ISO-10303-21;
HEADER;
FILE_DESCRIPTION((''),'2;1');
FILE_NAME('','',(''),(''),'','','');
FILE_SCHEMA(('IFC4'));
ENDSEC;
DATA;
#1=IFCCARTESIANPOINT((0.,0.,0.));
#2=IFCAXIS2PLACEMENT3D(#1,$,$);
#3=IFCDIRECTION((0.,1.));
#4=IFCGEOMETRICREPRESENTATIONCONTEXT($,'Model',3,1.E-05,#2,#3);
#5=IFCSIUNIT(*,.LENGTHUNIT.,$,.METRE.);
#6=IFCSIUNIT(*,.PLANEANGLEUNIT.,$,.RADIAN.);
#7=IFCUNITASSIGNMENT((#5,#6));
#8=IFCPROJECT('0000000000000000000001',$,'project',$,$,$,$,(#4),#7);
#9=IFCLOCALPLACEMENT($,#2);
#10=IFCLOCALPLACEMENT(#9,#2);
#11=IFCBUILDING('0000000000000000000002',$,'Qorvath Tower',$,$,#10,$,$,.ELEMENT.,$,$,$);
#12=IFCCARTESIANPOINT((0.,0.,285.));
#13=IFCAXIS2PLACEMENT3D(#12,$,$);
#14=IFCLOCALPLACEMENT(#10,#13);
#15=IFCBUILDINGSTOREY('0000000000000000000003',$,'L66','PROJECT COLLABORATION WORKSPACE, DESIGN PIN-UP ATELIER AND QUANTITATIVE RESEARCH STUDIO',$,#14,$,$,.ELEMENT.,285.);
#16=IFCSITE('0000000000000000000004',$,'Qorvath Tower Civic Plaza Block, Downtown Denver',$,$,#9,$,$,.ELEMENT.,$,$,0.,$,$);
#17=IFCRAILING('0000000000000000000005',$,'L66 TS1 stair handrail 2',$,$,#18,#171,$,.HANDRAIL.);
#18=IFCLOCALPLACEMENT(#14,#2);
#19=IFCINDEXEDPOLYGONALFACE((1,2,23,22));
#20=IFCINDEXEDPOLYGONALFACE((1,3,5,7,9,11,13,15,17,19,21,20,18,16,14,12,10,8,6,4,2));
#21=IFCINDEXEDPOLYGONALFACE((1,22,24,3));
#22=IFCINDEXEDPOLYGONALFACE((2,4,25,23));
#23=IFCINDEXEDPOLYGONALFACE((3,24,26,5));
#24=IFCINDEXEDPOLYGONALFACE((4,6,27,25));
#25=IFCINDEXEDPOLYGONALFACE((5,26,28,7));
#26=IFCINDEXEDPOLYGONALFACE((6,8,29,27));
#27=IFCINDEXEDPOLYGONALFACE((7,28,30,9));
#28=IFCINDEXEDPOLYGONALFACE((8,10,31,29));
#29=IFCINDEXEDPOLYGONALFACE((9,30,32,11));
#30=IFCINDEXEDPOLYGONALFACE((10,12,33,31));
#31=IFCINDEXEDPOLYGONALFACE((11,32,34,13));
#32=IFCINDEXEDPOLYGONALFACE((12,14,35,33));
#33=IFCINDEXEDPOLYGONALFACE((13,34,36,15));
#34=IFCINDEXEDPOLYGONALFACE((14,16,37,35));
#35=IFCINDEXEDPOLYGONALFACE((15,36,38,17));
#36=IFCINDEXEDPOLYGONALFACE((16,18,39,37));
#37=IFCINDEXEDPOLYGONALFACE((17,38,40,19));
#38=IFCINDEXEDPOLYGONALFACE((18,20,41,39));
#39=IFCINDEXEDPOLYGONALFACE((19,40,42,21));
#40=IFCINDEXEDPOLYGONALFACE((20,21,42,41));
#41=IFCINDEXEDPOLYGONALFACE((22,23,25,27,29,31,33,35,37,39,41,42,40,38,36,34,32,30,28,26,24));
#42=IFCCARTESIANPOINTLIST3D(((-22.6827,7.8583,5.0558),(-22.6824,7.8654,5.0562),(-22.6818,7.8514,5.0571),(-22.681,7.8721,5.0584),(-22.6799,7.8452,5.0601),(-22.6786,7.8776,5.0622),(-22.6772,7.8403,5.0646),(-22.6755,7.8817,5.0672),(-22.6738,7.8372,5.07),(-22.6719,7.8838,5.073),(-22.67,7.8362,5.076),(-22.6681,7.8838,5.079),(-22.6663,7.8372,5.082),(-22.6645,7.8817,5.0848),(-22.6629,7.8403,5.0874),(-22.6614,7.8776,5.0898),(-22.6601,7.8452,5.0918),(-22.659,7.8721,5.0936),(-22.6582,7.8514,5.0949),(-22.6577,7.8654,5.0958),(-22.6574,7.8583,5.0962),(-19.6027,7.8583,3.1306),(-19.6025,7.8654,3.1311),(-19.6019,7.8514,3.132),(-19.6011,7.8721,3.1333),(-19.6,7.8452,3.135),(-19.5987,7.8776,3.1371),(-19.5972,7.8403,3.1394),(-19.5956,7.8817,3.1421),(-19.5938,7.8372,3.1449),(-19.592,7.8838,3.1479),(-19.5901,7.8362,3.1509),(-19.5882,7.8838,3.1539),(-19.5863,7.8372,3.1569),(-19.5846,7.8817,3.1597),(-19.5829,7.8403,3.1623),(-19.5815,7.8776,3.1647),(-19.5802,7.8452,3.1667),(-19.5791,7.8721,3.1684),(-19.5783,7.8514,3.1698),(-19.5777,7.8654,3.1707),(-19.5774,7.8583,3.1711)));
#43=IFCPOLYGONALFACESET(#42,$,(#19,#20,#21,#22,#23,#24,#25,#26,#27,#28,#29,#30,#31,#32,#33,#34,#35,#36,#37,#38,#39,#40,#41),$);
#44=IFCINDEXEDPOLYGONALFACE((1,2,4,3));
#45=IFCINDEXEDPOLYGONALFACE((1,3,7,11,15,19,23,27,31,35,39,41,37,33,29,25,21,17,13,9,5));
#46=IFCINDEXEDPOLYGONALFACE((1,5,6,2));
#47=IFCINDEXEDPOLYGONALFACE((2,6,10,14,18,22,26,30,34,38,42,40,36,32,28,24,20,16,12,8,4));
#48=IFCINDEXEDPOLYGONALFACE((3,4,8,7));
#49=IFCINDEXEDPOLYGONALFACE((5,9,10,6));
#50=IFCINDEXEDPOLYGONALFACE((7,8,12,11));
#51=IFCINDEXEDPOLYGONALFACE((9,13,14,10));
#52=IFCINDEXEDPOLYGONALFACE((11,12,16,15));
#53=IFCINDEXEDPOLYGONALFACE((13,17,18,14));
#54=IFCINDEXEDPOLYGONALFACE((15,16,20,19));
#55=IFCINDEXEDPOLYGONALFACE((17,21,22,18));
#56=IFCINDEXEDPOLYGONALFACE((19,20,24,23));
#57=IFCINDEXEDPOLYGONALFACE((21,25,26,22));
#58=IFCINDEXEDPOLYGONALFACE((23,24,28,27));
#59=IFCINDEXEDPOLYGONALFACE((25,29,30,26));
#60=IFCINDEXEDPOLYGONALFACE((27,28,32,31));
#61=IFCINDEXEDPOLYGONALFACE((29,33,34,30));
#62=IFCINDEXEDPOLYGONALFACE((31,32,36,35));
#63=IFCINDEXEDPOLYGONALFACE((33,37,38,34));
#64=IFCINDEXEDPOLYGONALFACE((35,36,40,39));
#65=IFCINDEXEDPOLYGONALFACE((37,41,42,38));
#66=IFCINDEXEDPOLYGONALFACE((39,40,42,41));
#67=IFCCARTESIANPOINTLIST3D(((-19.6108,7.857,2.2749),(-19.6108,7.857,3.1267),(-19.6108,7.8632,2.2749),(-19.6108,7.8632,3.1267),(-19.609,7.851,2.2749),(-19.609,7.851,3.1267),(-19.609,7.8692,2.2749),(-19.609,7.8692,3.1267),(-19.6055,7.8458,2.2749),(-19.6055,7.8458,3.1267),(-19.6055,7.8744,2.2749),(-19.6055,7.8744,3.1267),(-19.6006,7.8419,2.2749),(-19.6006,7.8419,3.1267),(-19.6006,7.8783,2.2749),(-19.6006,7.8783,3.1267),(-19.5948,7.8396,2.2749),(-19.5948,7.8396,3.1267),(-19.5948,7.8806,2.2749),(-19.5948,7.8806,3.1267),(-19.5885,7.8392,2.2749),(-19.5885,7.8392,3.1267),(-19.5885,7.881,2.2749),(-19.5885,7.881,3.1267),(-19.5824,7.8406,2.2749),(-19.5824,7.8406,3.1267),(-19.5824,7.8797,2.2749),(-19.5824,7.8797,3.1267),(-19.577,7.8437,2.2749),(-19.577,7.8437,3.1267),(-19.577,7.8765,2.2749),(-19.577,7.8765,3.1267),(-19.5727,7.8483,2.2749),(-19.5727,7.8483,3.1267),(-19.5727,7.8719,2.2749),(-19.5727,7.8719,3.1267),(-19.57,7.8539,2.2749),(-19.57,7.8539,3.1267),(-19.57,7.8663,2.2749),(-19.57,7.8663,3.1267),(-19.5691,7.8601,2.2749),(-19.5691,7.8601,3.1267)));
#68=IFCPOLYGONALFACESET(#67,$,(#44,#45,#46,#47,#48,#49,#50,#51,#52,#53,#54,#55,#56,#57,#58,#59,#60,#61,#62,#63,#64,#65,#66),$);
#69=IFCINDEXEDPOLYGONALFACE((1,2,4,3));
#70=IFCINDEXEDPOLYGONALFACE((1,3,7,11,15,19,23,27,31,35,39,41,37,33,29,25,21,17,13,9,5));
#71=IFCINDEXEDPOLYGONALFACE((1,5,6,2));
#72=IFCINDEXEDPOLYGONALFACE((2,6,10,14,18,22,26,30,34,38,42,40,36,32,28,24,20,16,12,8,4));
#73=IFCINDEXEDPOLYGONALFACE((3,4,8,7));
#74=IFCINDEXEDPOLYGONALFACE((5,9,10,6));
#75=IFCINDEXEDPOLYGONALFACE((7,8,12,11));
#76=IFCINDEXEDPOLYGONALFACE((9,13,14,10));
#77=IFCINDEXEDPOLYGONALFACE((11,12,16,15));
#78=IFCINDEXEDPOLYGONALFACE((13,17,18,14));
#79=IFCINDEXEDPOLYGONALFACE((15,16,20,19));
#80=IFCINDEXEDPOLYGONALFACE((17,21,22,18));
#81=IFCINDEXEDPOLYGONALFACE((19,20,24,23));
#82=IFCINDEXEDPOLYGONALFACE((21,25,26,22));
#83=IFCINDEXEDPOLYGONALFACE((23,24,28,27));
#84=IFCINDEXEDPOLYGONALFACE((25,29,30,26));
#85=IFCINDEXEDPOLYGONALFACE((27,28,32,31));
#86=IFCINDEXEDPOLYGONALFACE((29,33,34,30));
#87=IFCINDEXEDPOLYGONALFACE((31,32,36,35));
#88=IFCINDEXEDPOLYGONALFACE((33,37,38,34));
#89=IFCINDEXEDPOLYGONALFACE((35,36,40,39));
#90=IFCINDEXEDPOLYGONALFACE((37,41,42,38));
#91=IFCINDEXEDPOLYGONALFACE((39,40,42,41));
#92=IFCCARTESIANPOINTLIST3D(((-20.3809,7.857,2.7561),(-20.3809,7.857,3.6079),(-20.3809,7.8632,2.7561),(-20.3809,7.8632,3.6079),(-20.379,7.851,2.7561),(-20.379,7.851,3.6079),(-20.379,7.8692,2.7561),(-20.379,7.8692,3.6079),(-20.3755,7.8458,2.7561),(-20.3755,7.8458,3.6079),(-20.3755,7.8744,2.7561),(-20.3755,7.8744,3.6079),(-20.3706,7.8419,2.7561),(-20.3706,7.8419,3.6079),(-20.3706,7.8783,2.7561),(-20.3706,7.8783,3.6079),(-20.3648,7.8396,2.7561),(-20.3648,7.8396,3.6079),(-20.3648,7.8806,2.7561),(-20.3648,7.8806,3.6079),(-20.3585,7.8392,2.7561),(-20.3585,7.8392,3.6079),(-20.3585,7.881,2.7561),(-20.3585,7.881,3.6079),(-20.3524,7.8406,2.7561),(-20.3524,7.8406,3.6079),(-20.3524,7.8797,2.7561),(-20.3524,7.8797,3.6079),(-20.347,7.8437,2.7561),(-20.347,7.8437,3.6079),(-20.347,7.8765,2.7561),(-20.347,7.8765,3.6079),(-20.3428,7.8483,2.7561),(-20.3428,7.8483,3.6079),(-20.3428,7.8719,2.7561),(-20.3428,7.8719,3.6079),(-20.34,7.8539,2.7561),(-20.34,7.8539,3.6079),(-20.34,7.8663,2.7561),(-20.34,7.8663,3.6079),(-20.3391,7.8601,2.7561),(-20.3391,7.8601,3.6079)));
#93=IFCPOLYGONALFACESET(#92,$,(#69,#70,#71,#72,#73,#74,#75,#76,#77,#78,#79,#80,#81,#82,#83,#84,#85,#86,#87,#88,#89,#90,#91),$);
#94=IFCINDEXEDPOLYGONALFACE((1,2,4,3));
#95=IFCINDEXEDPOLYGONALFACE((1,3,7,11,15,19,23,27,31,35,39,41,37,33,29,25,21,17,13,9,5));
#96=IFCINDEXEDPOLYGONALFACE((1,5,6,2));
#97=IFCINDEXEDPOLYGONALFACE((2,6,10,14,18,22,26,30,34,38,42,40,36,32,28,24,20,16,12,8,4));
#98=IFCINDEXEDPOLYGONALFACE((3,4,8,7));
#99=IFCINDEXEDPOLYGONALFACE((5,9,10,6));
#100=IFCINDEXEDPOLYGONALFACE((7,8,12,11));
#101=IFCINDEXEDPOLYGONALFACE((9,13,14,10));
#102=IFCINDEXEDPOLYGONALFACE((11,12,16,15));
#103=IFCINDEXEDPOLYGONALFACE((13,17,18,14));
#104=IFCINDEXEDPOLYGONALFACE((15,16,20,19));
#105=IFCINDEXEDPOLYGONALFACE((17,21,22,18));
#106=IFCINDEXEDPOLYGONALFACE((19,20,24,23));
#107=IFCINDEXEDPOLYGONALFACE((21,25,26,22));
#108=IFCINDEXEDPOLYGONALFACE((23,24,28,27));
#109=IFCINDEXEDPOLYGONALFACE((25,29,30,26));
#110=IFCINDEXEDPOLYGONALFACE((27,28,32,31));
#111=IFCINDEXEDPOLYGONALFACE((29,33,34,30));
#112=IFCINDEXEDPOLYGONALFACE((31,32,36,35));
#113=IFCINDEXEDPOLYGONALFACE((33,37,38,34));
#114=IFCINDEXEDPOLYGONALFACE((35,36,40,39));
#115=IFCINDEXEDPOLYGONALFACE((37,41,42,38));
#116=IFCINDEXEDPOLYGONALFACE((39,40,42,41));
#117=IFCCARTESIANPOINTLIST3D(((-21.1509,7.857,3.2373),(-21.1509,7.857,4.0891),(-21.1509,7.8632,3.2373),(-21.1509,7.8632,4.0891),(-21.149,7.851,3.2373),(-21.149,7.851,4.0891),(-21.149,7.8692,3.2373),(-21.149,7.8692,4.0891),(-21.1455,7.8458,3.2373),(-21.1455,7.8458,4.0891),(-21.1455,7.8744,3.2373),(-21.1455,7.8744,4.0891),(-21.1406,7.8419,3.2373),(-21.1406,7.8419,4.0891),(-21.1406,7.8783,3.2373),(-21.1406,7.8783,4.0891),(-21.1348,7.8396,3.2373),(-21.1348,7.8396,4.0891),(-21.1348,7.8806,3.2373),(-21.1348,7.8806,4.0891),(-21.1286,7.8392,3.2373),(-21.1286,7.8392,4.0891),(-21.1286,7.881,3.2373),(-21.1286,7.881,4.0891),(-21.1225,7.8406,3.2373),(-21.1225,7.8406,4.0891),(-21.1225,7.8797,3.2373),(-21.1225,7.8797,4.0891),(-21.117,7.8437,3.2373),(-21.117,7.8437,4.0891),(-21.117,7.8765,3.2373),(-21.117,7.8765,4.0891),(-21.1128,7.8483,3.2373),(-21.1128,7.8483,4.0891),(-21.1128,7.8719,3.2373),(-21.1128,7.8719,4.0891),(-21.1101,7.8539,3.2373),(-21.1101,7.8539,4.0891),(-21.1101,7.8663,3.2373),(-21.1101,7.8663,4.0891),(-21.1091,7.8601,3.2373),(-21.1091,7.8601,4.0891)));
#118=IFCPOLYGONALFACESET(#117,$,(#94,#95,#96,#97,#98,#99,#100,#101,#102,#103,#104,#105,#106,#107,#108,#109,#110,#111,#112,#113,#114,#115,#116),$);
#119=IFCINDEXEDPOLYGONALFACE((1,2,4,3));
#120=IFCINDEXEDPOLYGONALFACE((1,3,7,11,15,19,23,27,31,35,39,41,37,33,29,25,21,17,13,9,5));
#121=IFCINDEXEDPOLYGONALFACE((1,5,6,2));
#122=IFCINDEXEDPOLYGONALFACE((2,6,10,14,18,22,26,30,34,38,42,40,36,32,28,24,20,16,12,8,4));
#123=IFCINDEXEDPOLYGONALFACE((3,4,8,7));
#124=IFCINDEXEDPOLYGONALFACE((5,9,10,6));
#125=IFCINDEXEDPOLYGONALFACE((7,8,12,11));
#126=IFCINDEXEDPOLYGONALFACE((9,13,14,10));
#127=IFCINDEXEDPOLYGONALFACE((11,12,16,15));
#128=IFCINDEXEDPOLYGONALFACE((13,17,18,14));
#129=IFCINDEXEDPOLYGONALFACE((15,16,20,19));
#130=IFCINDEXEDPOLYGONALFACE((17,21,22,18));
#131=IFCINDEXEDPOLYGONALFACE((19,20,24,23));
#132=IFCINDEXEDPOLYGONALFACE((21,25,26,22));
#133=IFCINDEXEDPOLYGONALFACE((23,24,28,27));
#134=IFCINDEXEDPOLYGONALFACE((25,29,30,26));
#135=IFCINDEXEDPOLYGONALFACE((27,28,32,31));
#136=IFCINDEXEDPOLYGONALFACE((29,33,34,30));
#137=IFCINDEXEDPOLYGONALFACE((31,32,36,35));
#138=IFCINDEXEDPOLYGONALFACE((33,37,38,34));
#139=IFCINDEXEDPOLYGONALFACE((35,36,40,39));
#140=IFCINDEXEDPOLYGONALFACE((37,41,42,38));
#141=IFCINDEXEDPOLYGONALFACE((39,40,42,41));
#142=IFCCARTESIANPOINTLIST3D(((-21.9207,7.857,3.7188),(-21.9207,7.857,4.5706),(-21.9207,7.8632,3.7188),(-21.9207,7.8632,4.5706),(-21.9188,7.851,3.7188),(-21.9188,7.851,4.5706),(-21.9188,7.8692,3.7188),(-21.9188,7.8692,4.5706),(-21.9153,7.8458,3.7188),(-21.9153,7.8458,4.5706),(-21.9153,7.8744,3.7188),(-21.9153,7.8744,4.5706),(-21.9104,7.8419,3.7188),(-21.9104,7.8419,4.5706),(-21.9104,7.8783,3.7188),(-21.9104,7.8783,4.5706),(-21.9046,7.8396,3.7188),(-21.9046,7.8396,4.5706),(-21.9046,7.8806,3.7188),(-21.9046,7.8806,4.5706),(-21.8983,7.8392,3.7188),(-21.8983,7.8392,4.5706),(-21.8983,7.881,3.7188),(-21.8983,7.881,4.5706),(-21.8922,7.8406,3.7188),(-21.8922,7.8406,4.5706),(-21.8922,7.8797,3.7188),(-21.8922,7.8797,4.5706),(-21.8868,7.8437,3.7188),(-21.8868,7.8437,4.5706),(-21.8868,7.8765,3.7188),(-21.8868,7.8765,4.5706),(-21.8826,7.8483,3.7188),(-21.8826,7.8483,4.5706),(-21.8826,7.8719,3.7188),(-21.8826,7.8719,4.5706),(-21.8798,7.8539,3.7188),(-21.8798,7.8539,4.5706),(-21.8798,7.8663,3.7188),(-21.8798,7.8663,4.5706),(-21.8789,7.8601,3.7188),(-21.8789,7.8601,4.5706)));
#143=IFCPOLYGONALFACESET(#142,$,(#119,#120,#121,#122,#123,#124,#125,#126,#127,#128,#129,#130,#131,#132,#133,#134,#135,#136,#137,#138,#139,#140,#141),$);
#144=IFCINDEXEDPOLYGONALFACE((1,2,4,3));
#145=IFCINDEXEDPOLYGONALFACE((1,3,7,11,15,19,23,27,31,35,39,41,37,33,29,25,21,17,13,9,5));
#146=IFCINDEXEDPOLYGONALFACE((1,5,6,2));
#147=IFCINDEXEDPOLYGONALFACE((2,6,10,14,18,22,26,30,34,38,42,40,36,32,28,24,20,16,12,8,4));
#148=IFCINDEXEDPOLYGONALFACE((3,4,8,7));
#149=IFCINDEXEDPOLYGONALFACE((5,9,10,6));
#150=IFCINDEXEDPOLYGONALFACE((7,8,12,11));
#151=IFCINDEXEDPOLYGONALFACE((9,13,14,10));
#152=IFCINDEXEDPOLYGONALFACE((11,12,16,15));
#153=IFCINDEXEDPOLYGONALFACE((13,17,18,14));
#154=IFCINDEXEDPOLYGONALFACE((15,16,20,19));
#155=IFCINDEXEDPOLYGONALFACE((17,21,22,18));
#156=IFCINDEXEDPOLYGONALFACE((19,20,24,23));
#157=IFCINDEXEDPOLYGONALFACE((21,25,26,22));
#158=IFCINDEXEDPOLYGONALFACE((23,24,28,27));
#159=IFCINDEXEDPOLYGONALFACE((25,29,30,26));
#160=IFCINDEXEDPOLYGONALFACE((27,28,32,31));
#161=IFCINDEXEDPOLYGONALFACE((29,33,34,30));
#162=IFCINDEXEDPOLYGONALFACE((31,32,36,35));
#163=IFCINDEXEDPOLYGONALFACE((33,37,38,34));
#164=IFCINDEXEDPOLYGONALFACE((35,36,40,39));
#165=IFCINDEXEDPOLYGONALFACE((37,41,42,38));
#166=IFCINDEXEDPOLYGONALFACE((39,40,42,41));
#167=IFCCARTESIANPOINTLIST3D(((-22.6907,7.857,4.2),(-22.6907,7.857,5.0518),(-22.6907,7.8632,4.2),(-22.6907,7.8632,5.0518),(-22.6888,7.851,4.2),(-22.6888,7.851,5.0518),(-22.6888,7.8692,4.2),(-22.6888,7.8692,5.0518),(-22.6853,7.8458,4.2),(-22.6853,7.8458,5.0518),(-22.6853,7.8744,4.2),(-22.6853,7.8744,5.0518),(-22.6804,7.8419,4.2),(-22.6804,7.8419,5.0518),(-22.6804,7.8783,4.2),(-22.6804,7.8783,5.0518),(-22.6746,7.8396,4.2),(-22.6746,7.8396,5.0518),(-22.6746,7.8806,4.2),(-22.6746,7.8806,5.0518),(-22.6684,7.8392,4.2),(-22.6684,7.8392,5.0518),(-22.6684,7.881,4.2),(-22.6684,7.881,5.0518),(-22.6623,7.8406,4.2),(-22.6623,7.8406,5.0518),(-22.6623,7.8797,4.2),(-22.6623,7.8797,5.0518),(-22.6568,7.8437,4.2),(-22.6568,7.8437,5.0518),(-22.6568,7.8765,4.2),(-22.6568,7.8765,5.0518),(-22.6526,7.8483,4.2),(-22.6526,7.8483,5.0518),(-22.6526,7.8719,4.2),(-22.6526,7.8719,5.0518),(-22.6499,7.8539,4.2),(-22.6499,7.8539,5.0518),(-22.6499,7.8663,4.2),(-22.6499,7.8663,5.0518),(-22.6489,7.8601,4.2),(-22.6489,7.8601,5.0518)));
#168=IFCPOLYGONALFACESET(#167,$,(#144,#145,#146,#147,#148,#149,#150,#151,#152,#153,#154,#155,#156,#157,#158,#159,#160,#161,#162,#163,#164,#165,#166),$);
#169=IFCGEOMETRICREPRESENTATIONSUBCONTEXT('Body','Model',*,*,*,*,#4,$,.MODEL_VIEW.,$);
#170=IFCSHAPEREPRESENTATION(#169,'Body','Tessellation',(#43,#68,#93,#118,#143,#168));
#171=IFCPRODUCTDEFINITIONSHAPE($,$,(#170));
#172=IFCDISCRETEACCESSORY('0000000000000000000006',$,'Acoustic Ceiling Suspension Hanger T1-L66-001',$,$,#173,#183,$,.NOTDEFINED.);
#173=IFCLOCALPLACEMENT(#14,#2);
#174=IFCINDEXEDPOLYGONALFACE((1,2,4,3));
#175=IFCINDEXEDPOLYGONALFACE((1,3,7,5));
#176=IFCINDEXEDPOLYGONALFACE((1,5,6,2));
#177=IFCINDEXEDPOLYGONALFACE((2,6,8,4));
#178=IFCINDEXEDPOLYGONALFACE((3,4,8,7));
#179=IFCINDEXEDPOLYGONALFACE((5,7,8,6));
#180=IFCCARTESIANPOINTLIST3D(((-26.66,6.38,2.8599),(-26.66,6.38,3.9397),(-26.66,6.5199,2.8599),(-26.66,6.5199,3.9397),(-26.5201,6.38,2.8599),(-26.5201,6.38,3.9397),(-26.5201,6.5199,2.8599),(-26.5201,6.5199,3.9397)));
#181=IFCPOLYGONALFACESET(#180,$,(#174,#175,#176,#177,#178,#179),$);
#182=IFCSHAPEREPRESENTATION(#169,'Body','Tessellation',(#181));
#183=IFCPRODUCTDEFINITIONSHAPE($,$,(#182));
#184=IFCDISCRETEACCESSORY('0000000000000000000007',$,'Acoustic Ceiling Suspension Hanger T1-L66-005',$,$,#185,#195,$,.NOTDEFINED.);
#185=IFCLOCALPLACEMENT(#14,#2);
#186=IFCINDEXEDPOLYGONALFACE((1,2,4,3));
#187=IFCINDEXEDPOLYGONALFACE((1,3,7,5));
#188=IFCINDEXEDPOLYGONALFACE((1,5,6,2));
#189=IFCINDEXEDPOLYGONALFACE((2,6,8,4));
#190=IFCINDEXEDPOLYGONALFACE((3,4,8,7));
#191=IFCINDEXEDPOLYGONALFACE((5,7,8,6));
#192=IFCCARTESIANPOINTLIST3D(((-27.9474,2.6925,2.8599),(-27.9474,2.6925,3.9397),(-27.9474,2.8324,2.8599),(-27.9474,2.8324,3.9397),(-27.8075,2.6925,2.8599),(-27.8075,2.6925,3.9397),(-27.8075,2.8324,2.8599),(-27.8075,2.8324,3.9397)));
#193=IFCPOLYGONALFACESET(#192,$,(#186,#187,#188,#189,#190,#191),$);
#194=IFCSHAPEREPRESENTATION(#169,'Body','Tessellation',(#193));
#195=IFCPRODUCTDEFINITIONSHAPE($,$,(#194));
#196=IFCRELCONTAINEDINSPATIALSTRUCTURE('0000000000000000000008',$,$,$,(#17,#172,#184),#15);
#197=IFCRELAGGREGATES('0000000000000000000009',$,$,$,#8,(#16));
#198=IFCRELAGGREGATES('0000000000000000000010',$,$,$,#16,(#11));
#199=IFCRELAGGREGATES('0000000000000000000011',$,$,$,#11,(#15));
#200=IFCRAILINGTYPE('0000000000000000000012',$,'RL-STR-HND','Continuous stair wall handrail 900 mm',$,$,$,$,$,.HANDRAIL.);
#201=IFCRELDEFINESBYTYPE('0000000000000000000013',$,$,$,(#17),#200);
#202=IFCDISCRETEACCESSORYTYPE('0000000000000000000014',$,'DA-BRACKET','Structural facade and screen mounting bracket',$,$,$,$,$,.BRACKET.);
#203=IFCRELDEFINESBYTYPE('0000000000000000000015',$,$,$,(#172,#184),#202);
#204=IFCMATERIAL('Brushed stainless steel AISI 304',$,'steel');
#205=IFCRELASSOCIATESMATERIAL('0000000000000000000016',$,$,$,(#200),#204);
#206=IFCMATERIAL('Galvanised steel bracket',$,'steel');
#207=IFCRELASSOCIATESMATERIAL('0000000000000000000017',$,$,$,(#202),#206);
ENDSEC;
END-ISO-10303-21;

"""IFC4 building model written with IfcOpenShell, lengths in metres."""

from ifc_helpers import new_model, si_unit, direction, frame, origin, origin_2d, place, context, subcontext, project, spatial, rectangle, circle, extrude, material, type_object, element, save


model = new_model("IFC4")

# Units and contexts
model_context = context("Model", 3, precision=1e-05, world=origin(), true_north=direction((0.0, 1.0)))
body_context = subcontext(model_context, "Body", "Model", "MODEL_VIEW")
ifc_project = project(units=[si_unit("LENGTHUNIT", "METRE"), si_unit("PLANEANGLEUNIT", "RADIAN")], contexts=[model_context])

# Site, building, storey
site_placement = place(None, origin())
site = spatial("IfcSite", under=ifc_project, at=site_placement, Name="Qorvath Tower Civic Plaza Block, Downtown Denver", CompositionType="ELEMENT", RefElevation=0.0)
building_placement = place(site_placement, origin())
building = spatial("IfcBuilding", under=site, at=building_placement, Name="Qorvath Tower", CompositionType="ELEMENT")
storey_placement = place(building_placement, frame((0.0, 0.0, 285.0)))
storey = spatial("IfcBuildingStorey", under=building, at=storey_placement, Name="L66", Description="PROJECT COLLABORATION WORKSPACE, DESIGN PIN-UP ATELIER AND QUANTITATIVE RESEARCH STUDIO", CompositionType="ELEMENT", Elevation=285.0)

# Railing
ifc_material_1 = material(Name="Brushed stainless steel AISI 304", Category="steel")
railing_type_1 = type_object("IfcRailingType", Name="RL-STR-HND", Description="Continuous stair wall handrail 900 mm", PredefinedType="HANDRAIL", material=ifc_material_1)
railing_1_placement = place(storey_placement, frame((-19.5901, 7.8601, 2.2749)))
element("IfcRailing", 1, at=railing_1_placement, inside=storey, type_object=railing_type_1, Name="L66 TS1 stair handrail 2", PredefinedType="HANDRAIL", context=body_context, shape_type="SweptSolid", body=[
    extrude(circle(Radius=0.0239, at=origin_2d()), frame((0.0, 0.0, 0.876), z_axis=(-0.847979, 0.0, 0.530029), x_axis=(0.0, -1.0, 0.0)), (0.0, 0.0, 1.0), 3.6321),
    extrude(circle(Radius=0.021, at=origin_2d()), origin(), (0.0, 0.0, 1.0), 0.8518),
    extrude(circle(Radius=0.021, at=origin_2d()), frame((-0.77, 0.0, 0.4812)), (0.0, 0.0, 1.0), 0.8518),
    extrude(circle(Radius=0.021, at=origin_2d()), frame((-1.54, 0.0, 0.9624)), (0.0, 0.0, 1.0), 0.8518),
    extrude(circle(Radius=0.021, at=origin_2d()), frame((-2.3098, 0.0, 1.4438)), (0.0, 0.0, 1.0), 0.8518),
    extrude(circle(Radius=0.021, at=origin_2d()), frame((-3.0798, 0.0, 1.925)), (0.0, 0.0, 1.0), 0.8518),
])

# Discrete accessories
ifc_material_2 = material(Name="Galvanised steel bracket", Category="steel")
discrete_accessory_type = type_object("IfcDiscreteAccessoryType", Name="DA-BRACKET", Description="Structural facade and screen mounting bracket", PredefinedType="BRACKET", material=ifc_material_2)
for number, where, z_axis, x_axis, name in (
    (2, (-26.5901, 6.45, 2.8599), (0.0, 0.0, 1.0), (1.0, 0.0, 0.0), "Acoustic Ceiling Suspension Hanger T1-L66-001"),
    (3, (-27.8774, 2.7625, 2.8599), (0.0, 0.0, 1.0), (1.0, 0.0, 0.0), "Acoustic Ceiling Suspension Hanger T1-L66-005"),
):
    element("IfcDiscreteAccessory", number, at=place(storey_placement, frame(where, z_axis=z_axis, x_axis=x_axis)), inside=storey, type_object=discrete_accessory_type, Name=name, PredefinedType="NOTDEFINED", context=body_context, shape_type="SweptSolid", body=[
        extrude(rectangle(XDim=0.1399, YDim=0.1399, at=origin_2d()), origin(), (0.0, 0.0, 1.0), 1.0798),
    ])

save(model, "model.ifc")
